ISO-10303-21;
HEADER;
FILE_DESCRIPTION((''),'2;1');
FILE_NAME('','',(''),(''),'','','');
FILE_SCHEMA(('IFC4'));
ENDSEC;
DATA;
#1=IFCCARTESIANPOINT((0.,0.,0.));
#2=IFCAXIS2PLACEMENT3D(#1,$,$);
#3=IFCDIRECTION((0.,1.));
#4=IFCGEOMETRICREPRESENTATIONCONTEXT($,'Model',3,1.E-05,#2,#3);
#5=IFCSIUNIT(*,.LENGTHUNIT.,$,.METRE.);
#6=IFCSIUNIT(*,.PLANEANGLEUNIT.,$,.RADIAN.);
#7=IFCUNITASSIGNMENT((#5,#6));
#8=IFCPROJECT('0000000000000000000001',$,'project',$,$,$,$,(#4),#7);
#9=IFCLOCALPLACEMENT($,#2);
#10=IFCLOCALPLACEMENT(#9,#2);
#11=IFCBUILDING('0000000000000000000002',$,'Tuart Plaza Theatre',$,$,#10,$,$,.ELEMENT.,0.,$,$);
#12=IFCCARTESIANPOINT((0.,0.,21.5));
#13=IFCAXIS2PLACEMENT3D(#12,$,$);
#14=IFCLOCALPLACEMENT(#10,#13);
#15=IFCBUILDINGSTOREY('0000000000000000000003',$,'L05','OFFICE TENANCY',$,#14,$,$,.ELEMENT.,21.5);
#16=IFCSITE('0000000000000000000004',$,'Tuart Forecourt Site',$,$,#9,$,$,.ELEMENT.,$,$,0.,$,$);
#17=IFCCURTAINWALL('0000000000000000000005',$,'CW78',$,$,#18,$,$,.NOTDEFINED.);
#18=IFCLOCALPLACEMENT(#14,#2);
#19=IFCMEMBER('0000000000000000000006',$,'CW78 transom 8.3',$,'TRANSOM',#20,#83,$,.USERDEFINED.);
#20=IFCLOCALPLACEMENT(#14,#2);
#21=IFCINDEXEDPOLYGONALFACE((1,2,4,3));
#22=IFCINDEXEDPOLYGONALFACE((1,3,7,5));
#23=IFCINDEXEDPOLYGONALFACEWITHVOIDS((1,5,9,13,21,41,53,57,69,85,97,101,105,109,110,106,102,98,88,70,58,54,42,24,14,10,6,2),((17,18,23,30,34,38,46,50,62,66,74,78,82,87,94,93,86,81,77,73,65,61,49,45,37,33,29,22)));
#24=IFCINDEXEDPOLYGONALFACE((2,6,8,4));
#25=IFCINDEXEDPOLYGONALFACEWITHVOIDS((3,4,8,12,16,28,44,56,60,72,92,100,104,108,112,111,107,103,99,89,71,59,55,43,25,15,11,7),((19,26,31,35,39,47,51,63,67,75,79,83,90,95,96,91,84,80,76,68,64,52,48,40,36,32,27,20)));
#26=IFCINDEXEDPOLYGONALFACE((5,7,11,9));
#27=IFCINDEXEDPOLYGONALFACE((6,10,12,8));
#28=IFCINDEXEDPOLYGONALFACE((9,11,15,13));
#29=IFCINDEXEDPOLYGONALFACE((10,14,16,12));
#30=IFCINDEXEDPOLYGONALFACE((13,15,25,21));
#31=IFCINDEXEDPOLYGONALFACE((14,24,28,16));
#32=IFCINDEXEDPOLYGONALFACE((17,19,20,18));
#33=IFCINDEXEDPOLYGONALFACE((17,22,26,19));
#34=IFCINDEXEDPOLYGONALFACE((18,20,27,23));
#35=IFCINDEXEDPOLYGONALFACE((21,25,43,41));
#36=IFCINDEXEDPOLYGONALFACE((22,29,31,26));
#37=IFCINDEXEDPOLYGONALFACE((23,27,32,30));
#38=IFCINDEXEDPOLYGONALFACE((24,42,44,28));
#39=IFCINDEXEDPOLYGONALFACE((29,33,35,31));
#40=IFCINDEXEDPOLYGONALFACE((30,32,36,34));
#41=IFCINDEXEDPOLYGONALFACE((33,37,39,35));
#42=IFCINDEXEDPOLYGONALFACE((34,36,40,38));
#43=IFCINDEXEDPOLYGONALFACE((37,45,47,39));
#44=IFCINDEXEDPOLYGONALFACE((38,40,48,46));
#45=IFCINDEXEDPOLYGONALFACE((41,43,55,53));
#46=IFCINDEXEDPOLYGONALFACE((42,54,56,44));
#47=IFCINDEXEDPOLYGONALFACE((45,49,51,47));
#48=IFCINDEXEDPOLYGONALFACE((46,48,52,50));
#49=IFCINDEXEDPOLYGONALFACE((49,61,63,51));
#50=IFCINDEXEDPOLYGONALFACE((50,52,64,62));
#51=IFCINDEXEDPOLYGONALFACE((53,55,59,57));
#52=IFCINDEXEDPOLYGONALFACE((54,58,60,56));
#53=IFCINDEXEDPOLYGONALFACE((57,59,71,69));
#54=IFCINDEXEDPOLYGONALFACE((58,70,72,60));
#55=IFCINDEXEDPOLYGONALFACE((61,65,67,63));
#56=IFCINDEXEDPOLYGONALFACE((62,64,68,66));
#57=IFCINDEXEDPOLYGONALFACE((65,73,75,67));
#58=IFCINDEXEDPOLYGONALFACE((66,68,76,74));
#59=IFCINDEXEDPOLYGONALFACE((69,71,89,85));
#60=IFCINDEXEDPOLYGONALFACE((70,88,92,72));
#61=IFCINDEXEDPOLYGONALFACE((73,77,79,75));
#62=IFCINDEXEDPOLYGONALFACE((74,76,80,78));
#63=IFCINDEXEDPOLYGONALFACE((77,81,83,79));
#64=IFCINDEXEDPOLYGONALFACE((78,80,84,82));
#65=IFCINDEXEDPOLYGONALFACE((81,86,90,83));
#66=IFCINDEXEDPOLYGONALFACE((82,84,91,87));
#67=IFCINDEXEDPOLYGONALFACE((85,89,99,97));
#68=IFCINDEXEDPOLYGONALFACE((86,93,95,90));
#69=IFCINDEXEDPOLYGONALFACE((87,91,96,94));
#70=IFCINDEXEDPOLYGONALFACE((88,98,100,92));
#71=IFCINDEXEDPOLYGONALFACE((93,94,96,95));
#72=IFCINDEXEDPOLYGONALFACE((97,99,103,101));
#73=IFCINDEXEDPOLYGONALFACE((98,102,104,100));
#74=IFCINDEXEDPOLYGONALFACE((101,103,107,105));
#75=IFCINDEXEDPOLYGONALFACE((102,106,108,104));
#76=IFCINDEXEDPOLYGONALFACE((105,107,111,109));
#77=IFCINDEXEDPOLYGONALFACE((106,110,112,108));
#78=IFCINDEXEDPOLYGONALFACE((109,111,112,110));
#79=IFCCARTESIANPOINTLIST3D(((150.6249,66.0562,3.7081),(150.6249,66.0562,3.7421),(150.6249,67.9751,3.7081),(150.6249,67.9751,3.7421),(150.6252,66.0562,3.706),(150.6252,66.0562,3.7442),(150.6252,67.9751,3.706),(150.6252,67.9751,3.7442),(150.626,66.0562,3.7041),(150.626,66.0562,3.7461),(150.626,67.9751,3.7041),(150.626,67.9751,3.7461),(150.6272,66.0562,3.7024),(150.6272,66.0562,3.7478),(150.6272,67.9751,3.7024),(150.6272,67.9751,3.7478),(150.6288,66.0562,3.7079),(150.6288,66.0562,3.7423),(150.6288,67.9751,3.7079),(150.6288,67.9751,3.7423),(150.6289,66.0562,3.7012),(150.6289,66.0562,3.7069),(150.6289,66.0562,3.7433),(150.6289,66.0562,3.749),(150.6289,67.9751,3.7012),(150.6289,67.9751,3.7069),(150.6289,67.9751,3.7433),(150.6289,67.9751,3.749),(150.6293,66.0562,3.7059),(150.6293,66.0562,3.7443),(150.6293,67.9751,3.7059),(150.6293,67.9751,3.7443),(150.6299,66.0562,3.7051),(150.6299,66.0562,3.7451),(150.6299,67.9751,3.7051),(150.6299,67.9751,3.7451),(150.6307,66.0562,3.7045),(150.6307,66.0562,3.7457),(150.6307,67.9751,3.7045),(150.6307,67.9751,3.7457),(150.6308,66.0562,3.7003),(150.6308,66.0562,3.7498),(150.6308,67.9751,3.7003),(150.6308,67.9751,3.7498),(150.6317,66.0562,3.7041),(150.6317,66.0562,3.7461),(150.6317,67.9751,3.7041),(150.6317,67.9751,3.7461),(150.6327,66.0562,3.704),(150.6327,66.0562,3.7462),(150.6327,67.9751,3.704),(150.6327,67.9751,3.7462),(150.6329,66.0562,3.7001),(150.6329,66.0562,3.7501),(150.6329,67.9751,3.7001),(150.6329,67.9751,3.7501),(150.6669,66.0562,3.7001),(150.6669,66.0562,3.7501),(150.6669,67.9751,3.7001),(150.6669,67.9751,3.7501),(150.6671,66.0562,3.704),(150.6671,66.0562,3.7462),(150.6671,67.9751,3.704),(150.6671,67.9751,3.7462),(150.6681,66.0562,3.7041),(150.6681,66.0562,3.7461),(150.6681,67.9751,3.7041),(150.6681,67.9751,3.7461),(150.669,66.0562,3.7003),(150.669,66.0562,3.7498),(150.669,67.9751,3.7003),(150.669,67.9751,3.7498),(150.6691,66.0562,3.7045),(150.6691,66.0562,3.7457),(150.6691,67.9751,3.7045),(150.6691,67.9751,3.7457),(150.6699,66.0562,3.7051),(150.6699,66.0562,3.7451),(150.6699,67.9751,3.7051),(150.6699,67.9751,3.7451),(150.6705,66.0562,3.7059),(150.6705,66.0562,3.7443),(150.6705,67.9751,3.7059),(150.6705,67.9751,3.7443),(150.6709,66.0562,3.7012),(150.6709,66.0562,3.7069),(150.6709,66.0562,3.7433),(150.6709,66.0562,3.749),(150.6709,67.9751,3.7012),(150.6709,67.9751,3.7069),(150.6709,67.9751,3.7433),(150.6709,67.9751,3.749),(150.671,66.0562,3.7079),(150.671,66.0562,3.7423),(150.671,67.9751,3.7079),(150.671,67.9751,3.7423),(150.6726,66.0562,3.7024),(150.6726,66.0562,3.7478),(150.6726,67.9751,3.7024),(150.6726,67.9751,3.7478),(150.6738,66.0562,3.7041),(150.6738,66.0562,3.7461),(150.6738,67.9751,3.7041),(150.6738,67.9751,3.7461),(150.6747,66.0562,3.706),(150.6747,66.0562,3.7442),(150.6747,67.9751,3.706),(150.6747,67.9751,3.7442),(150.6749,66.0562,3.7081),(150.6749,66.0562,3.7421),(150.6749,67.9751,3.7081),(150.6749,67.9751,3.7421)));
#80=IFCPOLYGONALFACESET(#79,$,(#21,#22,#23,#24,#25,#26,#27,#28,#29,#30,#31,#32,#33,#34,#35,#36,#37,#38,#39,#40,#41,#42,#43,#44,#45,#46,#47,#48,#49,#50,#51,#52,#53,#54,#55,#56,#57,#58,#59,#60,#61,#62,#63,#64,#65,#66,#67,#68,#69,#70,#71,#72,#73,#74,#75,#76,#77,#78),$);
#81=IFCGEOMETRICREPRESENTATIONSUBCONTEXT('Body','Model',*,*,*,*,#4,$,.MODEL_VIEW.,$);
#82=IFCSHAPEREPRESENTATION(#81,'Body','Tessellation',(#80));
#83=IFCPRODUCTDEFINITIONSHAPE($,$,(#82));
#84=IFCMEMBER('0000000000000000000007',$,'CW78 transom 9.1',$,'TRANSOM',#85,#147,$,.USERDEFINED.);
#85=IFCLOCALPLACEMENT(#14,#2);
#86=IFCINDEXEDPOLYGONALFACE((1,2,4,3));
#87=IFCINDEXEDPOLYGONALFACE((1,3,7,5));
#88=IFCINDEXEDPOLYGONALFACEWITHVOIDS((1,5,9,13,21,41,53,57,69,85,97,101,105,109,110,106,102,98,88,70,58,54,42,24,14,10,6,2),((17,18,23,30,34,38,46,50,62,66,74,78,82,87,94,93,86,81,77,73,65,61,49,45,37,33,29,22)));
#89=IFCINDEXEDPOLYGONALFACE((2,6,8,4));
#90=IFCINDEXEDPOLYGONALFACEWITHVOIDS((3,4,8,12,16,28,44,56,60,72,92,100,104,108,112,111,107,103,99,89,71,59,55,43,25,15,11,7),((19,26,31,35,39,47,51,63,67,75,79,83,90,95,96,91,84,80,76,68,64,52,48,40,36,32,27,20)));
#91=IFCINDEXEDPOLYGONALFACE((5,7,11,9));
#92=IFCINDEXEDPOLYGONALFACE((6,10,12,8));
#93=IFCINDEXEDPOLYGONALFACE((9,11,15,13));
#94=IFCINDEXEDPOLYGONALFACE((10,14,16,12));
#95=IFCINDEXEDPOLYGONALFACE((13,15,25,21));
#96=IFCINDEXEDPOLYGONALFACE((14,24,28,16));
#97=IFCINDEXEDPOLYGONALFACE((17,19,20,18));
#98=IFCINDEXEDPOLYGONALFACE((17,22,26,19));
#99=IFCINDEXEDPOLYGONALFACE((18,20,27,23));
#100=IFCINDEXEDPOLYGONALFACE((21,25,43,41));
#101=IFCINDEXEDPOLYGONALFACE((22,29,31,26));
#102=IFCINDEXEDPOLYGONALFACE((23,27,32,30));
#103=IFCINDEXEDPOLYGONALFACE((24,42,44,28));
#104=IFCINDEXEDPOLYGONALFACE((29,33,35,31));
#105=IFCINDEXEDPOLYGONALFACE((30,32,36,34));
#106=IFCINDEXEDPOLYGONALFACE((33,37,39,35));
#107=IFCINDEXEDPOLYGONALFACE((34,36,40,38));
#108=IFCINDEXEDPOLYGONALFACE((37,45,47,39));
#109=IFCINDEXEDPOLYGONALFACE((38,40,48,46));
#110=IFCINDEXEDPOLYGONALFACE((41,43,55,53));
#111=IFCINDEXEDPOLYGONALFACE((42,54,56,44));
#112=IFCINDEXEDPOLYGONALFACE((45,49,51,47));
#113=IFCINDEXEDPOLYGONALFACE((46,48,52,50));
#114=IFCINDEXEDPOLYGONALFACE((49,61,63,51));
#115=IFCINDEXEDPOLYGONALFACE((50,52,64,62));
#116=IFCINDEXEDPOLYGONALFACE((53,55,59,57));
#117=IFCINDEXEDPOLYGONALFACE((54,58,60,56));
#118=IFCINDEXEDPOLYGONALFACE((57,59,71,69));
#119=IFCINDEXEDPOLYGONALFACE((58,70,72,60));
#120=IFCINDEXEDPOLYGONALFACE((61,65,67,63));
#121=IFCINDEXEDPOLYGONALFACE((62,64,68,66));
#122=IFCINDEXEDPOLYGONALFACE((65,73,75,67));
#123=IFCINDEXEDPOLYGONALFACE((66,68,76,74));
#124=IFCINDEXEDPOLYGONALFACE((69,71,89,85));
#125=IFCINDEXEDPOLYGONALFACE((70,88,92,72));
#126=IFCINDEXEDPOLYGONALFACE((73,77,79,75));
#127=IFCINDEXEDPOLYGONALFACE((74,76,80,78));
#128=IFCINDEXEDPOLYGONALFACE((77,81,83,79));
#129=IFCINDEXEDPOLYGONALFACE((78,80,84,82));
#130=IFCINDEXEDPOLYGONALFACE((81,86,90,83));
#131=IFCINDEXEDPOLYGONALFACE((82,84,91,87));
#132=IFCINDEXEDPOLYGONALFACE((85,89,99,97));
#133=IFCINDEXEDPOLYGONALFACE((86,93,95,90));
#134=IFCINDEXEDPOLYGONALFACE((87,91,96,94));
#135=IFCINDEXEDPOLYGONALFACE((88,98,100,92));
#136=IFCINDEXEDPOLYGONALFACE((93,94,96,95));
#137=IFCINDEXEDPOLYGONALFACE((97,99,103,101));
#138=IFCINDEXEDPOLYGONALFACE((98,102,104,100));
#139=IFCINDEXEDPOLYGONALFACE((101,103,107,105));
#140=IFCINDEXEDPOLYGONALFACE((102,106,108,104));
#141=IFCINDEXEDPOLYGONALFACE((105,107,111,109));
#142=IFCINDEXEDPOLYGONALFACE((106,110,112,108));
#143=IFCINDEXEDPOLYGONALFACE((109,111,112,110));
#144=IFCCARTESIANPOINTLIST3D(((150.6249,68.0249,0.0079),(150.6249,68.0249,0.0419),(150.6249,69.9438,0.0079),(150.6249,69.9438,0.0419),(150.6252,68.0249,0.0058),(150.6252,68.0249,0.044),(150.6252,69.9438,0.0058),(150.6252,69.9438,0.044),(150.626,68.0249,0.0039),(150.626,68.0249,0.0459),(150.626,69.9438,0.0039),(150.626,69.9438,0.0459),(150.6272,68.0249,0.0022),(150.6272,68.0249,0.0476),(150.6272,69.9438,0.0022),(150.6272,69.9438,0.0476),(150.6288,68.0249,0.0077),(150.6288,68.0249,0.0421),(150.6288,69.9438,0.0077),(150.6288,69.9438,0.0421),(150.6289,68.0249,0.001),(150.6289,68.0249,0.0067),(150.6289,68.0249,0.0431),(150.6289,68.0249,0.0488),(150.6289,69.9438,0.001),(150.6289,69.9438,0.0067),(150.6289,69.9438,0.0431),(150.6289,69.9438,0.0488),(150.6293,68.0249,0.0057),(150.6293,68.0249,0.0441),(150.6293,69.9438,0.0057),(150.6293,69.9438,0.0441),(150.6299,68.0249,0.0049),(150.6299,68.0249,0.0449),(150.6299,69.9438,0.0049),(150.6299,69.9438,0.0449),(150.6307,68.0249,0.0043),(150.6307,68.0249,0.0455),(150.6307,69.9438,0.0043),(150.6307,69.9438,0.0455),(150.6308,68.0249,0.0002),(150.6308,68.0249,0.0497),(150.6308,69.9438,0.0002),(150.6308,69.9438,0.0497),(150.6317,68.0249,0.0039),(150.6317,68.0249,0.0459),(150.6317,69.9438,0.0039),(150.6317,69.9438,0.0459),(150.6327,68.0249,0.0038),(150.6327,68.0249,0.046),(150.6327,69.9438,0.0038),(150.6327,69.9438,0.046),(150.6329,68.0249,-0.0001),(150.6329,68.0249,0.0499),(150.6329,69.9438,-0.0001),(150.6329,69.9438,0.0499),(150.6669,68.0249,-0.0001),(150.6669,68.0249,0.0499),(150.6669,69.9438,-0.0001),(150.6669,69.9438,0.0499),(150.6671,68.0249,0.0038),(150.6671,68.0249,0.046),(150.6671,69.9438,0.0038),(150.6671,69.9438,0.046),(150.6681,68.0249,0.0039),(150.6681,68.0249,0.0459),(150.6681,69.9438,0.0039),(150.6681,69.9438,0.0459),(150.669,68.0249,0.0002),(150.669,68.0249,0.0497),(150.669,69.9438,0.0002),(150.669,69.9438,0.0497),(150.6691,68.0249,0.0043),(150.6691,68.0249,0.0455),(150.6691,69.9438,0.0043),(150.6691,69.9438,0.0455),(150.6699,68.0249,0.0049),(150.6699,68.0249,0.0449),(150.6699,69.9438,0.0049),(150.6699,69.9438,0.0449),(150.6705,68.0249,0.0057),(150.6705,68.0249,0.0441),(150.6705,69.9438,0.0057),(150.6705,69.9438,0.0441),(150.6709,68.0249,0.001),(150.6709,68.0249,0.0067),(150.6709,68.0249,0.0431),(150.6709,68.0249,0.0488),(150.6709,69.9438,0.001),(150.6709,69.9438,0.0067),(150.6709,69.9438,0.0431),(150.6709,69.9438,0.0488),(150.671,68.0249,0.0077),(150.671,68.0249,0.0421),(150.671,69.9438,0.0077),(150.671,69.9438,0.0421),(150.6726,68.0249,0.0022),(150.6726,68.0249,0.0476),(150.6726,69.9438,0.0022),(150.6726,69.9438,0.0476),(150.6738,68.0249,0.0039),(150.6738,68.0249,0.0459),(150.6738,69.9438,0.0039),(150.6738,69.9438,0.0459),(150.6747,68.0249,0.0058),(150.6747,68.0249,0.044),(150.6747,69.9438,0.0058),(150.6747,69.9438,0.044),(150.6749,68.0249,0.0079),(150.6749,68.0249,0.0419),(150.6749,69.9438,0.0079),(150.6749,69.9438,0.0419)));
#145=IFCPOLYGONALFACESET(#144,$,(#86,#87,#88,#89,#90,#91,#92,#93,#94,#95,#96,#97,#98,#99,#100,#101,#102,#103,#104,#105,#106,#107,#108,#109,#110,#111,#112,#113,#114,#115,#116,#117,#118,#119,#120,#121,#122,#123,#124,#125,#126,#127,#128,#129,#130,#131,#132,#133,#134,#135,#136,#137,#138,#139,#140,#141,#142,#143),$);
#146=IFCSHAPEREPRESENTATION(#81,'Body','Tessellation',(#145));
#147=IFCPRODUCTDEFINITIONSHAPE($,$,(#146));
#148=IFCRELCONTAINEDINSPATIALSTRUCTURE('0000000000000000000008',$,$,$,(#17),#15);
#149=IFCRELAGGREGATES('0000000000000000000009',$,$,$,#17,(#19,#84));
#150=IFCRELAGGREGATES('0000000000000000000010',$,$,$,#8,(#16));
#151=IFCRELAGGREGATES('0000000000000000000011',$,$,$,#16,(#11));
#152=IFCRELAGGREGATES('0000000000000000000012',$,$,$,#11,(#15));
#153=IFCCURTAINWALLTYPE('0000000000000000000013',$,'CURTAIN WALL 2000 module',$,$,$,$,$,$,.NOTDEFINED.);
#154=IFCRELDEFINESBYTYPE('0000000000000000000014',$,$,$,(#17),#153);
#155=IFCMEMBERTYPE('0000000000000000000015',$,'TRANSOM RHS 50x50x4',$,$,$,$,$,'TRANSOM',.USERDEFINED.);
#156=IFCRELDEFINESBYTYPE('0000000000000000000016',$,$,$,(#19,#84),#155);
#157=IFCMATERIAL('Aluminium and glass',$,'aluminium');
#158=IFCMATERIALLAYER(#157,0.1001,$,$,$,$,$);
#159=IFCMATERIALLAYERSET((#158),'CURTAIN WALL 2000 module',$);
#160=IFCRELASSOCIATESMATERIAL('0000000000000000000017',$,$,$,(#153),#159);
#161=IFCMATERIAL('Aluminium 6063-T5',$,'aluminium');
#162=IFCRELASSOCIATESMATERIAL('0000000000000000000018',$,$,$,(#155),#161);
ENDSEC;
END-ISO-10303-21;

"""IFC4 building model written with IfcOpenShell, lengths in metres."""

from ifc_helpers import new_model, si_unit, direction, frame, origin, origin_2d, place, context, subcontext, project, spatial, hollow_rectangle, extrude, material, layer, layer_set, material_profile, profile_set, type_object, element, aggregate, save


model = new_model("IFC4")

# Units and contexts
model_context = context("Model", 3, precision=1e-05, world=origin(), true_north=direction((0.0, 1.0)))
body_context = subcontext(model_context, "Body", "Model", "MODEL_VIEW")
ifc_project = project(units=[si_unit("LENGTHUNIT", "METRE"), si_unit("PLANEANGLEUNIT", "RADIAN")], contexts=[model_context])

# Site, building, storey
site_placement = place(None, origin())
site = spatial("IfcSite", under=ifc_project, at=site_placement, Name="Tuart Forecourt Site", CompositionType="ELEMENT", RefElevation=0.0)
building_placement = place(site_placement, origin())
building = spatial("IfcBuilding", under=site, at=building_placement, Name="Tuart Plaza Theatre", CompositionType="ELEMENT", ElevationOfRefHeight=0.0)
storey_placement = place(building_placement, frame((0.0, 0.0, 21.5)))
storey = spatial("IfcBuildingStorey", under=building, at=storey_placement, Name="L05", Description="OFFICE TENANCY", CompositionType="ELEMENT", Elevation=21.5)

# Curtain wall, members
ifc_material_1 = material(Name="Aluminium and glass", Category="aluminium")
ifc_layer_1 = layer(ifc_material_1, 0.1001)
ifc_layer_set_1 = layer_set([ifc_layer_1], Name="CURTAIN WALL 2000 module")
curtain_wall_type = type_object("IfcCurtainWallType", Name="CURTAIN WALL 2000 module", PredefinedType="NOTDEFINED", material=ifc_layer_set_1)
curtain_wall_placement = place(storey_placement, origin())
curtain_wall = element("IfcCurtainWall", 1, at=curtain_wall_placement, inside=storey, type_object=curtain_wall_type, Name="CW78", PredefinedType="NOTDEFINED")
ifc_material_2 = material(Name="Aluminium 6063-T5", Category="aluminium")
ifc_material_profile_1 = material_profile(ifc_material_2, hollow_rectangle(XDim=0.05, YDim=0.05, WallThickness=0.0039, InnerFilletRadius=0.0039, OuterFilletRadius=0.0081, at=origin_2d()), Name="RHS 50x50x4")
ifc_profile_set_1 = profile_set([ifc_material_profile_1], Name="Aluminium 6063-T5")
member_type_1 = type_object("IfcMemberType", Name="TRANSOM RHS 50x50x4", ElementType="TRANSOM", PredefinedType="USERDEFINED", material=ifc_profile_set_1)
member_1_placement = place(storey_placement, frame((150.6499, 66.0562, 3.7251), z_axis=(0.0, 1.0, 0.0), x_axis=(-1.0, 0.0, 0.0)))
member_1 = element("IfcMember", 2, at=member_1_placement, type_object=member_type_1, Name="CW78 transom 8.3", ObjectType="TRANSOM", PredefinedType="USERDEFINED", context=body_context, shape_type="SweptSolid", body=[
    extrude(hollow_rectangle(XDim=0.05, YDim=0.05, WallThickness=0.0039, InnerFilletRadius=0.0039, OuterFilletRadius=0.0081, at=origin_2d()), origin(), (0.0, 0.0, 1.0), 1.9189),
])
member_2_placement = place(storey_placement, frame((150.6499, 68.0249, 0.0249), z_axis=(0.0, 1.0, 0.0), x_axis=(-1.0, 0.0, 0.0)))
member_2 = element("IfcMember", 3, at=member_2_placement, type_object=member_type_1, Name="CW78 transom 9.1", ObjectType="TRANSOM", PredefinedType="USERDEFINED", context=body_context, shape_type="SweptSolid", body=[
    extrude(hollow_rectangle(XDim=0.05, YDim=0.05, WallThickness=0.0039, InnerFilletRadius=0.0039, OuterFilletRadius=0.0081, at=origin_2d()), origin(), (0.0, 0.0, 1.0), 1.9189),
])
aggregate(curtain_wall, [member_1, member_2])

save(model, "model.ifc")
